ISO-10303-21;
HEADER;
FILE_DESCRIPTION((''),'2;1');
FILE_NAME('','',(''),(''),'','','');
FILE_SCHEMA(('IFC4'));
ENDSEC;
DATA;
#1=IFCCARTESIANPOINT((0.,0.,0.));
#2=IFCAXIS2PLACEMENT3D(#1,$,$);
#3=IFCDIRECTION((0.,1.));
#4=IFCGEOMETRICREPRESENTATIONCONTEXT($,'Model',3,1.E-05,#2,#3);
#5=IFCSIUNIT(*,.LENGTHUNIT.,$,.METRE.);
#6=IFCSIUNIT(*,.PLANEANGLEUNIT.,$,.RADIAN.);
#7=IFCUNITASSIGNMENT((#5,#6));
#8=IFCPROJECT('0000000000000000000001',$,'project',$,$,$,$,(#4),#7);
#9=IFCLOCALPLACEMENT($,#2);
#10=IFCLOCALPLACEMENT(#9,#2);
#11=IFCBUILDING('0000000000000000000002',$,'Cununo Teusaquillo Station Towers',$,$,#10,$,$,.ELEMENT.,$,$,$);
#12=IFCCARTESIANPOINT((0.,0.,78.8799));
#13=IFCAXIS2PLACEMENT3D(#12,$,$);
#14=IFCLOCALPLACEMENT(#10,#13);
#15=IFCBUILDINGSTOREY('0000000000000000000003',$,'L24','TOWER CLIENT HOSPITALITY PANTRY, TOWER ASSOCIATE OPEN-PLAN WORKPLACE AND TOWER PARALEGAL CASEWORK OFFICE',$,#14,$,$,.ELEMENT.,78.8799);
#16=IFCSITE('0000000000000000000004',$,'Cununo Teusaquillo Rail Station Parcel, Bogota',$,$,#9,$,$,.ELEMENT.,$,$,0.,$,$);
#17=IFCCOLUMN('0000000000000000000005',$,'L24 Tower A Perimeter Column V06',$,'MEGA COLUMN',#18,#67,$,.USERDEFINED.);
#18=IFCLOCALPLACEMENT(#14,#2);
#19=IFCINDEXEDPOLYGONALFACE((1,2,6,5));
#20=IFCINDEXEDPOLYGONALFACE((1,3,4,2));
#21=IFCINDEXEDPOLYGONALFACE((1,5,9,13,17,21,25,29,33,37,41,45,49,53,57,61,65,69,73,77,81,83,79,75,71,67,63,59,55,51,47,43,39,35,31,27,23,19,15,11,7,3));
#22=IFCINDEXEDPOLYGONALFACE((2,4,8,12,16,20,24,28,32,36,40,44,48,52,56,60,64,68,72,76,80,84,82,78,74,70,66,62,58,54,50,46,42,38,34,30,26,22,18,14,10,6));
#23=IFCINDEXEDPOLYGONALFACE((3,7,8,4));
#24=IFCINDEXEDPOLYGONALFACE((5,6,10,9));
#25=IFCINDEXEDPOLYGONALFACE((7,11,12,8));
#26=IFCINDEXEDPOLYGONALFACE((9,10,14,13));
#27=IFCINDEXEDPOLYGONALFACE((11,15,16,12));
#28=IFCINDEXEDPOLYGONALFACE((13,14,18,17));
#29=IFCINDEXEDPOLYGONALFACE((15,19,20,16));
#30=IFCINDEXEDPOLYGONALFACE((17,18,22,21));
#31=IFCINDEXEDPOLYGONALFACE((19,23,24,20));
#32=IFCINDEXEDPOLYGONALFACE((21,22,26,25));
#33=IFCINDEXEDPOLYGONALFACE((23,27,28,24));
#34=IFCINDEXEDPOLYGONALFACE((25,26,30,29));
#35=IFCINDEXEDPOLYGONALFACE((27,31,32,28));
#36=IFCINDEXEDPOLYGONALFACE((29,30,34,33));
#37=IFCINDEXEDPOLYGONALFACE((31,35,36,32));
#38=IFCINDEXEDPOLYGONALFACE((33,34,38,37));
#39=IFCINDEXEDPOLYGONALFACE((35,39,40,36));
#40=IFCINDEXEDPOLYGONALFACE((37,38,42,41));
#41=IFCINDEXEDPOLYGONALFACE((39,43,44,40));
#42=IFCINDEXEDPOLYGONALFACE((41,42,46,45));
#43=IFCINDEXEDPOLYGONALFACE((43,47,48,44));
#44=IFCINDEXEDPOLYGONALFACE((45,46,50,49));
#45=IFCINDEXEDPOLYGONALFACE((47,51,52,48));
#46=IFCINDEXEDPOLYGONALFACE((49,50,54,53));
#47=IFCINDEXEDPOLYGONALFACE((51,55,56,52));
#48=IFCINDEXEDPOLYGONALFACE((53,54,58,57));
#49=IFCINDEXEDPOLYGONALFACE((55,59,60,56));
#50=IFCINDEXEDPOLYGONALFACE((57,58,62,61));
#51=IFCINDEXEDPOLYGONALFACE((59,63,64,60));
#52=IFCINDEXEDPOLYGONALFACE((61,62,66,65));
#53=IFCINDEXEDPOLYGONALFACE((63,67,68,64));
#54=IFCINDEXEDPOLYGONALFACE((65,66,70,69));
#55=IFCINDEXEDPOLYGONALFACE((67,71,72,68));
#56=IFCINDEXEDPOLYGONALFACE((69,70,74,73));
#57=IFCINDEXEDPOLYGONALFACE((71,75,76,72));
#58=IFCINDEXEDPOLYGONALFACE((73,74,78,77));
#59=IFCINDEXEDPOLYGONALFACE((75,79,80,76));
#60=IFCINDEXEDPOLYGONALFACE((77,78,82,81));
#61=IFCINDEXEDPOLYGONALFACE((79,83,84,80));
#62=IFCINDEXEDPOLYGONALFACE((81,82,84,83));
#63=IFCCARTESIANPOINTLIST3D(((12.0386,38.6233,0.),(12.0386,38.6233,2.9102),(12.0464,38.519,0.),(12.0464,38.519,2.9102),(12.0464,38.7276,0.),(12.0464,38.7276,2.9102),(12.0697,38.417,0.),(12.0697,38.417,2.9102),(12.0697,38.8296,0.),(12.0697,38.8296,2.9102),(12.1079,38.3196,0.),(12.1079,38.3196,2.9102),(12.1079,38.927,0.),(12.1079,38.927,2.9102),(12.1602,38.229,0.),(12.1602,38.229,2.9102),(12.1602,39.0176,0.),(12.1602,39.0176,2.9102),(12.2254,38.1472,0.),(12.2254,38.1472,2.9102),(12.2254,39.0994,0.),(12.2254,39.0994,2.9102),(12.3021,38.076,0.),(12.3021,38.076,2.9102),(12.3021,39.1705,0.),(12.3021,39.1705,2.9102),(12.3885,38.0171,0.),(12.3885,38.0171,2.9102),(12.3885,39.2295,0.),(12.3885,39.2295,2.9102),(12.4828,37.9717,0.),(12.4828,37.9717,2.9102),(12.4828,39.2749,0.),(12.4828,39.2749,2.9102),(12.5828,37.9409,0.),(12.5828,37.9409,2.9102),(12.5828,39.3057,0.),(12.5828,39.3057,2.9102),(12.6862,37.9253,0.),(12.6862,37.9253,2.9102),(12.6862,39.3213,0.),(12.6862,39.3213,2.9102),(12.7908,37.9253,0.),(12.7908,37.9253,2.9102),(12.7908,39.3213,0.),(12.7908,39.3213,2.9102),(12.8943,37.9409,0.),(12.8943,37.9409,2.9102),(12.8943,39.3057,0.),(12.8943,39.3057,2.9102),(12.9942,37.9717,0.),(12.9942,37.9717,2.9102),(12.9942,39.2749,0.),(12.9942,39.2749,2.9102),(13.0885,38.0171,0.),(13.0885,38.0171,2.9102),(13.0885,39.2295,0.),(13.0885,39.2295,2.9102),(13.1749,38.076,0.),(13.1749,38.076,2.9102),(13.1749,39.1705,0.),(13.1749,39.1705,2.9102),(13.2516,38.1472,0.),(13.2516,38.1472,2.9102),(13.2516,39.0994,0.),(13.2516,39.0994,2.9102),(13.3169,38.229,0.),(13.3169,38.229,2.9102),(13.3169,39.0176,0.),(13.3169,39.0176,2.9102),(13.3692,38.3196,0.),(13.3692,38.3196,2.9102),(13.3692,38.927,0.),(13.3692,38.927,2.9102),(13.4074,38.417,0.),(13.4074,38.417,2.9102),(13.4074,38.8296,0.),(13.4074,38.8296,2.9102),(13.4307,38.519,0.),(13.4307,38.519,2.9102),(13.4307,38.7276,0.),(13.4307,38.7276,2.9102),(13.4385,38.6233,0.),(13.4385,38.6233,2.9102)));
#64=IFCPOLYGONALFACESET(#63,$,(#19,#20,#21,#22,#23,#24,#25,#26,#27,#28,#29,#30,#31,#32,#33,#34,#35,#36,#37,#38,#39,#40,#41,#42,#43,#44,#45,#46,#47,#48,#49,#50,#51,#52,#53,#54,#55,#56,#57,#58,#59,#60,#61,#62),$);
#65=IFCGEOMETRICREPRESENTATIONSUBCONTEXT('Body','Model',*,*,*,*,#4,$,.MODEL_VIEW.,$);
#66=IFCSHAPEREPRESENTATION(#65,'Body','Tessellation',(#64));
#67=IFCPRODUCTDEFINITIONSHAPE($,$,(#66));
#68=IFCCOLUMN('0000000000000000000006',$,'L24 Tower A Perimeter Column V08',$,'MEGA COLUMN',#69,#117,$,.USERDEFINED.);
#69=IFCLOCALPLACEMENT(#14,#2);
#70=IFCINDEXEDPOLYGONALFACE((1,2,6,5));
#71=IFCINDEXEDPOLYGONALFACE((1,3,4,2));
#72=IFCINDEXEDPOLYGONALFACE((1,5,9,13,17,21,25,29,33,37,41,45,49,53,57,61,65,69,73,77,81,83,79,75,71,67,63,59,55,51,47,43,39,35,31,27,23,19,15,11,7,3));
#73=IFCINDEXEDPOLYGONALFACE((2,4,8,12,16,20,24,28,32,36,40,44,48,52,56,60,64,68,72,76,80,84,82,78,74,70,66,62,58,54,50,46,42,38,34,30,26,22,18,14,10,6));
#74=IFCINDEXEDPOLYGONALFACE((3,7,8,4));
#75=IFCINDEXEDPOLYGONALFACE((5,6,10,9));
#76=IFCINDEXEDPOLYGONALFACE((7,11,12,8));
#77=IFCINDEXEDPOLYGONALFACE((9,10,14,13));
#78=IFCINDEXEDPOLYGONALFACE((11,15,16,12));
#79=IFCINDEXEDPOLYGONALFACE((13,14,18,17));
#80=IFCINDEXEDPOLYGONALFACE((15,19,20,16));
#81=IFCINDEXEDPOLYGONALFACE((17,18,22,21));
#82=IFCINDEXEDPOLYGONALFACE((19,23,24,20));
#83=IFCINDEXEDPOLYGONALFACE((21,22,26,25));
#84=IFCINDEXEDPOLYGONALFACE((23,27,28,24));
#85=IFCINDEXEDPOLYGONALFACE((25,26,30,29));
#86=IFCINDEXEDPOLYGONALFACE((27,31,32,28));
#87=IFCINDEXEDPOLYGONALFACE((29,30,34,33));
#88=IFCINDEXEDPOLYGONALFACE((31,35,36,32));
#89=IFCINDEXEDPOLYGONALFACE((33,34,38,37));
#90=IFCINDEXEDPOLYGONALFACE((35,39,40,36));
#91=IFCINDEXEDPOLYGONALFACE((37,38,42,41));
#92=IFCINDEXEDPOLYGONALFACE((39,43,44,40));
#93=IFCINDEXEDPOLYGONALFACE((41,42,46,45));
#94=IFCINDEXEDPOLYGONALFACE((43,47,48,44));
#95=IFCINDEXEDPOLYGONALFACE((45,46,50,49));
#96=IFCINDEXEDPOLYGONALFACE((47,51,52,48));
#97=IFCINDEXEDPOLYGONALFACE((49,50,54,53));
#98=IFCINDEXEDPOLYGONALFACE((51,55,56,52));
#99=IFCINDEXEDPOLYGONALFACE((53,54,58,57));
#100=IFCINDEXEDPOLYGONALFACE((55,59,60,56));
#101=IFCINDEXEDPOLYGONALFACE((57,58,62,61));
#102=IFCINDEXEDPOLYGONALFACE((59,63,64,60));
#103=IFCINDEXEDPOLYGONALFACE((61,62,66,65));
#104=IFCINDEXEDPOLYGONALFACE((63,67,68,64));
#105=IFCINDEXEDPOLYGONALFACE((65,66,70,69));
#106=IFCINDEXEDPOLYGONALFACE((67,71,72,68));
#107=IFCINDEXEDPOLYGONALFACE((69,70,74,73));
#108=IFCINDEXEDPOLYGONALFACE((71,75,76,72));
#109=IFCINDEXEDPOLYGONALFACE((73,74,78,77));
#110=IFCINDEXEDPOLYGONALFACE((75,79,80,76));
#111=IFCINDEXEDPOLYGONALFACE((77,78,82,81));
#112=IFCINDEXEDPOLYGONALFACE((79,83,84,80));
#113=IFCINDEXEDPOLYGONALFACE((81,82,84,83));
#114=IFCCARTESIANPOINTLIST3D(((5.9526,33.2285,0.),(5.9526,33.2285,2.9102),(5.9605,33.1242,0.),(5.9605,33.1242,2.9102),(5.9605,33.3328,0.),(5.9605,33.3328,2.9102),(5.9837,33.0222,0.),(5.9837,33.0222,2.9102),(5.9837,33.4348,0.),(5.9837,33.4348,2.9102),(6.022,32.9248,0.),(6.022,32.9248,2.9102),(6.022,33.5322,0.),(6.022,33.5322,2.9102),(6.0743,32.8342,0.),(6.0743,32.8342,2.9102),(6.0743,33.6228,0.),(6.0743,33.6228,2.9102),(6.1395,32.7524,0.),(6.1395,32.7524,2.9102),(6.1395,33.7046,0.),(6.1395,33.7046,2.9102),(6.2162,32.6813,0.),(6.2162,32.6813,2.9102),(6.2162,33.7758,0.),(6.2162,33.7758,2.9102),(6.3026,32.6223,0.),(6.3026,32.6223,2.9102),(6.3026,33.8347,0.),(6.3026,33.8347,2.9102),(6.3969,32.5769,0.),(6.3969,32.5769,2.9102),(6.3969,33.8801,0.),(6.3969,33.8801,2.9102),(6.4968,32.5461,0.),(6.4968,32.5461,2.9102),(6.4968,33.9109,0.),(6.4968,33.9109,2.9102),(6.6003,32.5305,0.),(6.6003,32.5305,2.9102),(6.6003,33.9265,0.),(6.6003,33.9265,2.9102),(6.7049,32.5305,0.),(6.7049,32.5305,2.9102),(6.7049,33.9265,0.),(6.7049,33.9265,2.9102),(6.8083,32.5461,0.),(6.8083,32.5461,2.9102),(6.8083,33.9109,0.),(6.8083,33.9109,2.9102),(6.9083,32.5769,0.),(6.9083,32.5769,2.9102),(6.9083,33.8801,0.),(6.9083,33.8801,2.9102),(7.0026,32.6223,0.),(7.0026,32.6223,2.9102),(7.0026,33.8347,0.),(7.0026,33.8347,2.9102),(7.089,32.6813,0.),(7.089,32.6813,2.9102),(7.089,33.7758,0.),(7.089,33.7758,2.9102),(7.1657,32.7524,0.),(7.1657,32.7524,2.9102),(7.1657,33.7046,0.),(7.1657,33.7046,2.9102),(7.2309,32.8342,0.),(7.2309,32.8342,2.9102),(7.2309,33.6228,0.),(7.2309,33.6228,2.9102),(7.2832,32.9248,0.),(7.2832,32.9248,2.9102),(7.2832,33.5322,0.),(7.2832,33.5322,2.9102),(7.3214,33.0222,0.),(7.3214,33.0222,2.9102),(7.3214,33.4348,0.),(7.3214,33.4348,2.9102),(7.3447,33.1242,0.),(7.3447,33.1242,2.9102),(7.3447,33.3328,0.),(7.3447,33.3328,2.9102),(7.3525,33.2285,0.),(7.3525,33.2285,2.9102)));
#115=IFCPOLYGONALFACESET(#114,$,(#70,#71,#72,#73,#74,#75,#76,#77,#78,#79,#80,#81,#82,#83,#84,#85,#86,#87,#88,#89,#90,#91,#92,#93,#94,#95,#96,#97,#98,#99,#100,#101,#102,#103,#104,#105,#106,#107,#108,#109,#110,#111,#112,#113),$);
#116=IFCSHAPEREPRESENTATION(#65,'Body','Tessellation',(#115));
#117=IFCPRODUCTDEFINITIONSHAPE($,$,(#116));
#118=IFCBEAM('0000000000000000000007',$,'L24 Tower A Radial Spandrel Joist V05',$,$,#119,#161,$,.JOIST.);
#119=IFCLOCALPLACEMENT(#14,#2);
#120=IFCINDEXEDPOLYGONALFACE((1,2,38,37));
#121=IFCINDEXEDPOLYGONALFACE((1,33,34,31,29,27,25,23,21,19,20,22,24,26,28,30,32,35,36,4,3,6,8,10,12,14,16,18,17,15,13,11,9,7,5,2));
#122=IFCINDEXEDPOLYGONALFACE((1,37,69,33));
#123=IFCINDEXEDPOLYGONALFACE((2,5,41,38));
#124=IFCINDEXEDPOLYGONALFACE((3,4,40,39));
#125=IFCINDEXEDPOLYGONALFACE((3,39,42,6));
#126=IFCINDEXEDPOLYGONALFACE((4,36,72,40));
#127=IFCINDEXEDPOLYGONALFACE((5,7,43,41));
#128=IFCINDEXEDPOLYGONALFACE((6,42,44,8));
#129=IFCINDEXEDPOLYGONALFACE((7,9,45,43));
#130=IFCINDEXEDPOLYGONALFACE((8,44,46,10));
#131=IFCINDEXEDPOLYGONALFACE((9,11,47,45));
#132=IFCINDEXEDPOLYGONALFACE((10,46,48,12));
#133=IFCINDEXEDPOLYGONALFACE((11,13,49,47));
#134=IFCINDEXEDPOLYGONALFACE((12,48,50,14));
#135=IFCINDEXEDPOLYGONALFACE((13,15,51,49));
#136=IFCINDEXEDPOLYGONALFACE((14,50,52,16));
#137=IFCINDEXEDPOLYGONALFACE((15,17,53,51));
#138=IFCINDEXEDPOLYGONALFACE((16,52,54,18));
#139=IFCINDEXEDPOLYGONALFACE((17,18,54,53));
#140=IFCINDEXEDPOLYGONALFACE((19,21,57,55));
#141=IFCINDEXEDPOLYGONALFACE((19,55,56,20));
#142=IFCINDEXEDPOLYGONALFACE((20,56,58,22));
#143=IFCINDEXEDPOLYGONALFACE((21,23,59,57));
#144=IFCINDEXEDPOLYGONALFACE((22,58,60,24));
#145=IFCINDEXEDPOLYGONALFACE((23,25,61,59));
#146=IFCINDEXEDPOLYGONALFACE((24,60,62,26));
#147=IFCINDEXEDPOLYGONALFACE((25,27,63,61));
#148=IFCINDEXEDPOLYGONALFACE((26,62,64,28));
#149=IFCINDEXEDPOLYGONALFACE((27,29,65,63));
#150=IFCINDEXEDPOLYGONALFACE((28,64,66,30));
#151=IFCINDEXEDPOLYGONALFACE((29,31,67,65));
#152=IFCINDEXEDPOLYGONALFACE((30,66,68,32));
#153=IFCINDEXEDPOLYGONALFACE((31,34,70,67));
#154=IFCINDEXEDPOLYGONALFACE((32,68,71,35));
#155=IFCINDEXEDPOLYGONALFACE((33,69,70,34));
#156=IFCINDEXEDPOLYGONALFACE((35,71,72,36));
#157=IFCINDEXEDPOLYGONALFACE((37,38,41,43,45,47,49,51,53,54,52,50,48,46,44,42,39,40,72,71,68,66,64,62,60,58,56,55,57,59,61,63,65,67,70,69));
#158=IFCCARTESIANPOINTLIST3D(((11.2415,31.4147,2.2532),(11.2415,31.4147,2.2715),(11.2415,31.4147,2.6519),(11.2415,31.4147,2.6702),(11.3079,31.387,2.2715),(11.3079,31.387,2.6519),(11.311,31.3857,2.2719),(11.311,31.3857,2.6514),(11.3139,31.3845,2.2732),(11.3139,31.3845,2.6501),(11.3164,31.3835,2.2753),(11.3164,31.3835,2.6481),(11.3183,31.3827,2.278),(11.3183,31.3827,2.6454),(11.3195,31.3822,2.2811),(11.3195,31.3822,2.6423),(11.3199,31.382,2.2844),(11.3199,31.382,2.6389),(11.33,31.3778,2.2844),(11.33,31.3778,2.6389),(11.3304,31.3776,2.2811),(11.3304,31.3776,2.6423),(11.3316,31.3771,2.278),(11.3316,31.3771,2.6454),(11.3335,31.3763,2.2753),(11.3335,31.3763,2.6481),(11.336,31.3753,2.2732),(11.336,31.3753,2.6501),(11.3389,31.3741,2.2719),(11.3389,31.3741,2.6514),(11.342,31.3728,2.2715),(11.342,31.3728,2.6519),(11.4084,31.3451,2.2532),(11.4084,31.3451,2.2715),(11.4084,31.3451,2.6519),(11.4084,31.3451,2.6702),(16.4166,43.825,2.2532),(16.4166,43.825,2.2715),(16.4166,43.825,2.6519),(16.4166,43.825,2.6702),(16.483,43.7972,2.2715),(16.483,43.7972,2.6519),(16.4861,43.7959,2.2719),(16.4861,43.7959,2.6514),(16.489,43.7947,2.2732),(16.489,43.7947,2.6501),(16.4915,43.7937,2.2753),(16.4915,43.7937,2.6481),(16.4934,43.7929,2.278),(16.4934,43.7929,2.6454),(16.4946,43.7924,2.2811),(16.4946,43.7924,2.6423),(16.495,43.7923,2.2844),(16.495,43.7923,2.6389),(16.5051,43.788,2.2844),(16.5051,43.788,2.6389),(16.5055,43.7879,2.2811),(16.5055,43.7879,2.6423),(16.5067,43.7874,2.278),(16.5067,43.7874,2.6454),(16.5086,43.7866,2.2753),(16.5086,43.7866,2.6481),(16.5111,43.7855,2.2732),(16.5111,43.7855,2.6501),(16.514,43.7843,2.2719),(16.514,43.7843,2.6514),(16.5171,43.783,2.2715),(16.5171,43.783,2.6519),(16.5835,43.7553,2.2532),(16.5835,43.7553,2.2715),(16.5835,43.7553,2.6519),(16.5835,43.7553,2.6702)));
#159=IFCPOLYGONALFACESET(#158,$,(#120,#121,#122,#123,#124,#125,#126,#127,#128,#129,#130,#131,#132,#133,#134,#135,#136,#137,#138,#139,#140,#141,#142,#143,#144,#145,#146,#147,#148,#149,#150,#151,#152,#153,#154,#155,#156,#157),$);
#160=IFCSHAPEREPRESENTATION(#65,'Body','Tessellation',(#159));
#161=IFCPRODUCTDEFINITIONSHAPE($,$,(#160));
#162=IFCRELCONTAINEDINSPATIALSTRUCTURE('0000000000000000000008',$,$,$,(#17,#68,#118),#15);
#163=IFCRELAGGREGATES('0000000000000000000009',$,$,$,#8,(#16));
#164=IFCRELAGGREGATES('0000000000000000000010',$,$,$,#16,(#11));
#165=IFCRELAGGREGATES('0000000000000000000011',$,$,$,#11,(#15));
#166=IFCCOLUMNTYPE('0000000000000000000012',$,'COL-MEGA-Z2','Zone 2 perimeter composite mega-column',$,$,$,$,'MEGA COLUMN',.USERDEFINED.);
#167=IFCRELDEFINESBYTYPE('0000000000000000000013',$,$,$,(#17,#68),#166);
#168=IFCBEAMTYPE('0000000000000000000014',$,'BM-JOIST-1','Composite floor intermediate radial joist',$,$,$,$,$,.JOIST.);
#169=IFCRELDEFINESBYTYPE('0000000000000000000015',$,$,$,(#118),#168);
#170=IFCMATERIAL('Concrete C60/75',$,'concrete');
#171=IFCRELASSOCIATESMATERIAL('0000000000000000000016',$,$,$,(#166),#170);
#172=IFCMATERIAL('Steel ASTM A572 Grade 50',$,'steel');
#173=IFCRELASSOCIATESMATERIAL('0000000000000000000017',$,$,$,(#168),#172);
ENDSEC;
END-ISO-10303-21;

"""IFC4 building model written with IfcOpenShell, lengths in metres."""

from ifc_helpers import new_model, si_unit, direction, frame, origin, origin_2d, place, context, subcontext, project, spatial, circle, i_section, extrude, material, material_profile, profile_set, type_object, element, save


model = new_model("IFC4")

# Units and contexts
model_context = context("Model", 3, precision=1e-05, world=origin(), true_north=direction((0.0, 1.0)))
body_context = subcontext(model_context, "Body", "Model", "MODEL_VIEW")
ifc_project = project(units=[si_unit("LENGTHUNIT", "METRE"), si_unit("PLANEANGLEUNIT", "RADIAN")], contexts=[model_context])

# Site, building, storey
site_placement = place(None, origin())
site = spatial("IfcSite", under=ifc_project, at=site_placement, Name="Cununo Teusaquillo Rail Station Parcel, Bogota", CompositionType="ELEMENT", RefElevation=0.0)
building_placement = place(site_placement, origin())
building = spatial("IfcBuilding", under=site, at=building_placement, Name="Cununo Teusaquillo Station Towers", CompositionType="ELEMENT")
storey_placement = place(building_placement, frame((0.0, 0.0, 78.8799)))
storey = spatial("IfcBuildingStorey", under=building, at=storey_placement, Name="L24", Description="TOWER CLIENT HOSPITALITY PANTRY, TOWER ASSOCIATE OPEN-PLAN WORKPLACE AND TOWER PARALEGAL CASEWORK OFFICE", CompositionType="ELEMENT", Elevation=78.8799)

# Columns
ifc_material_1 = material(Name="Concrete C60/75", Category="concrete")
ifc_material_profile_1 = material_profile(ifc_material_1, circle(Radius=0.7, at=origin_2d()), Name="RC-CIRC-1400")
ifc_profile_set_1 = profile_set([ifc_material_profile_1], Name="Concrete C60/75")
column_type = type_object("IfcColumnType", Name="COL-MEGA-Z2", Description="Zone 2 perimeter composite mega-column", ElementType="MEGA COLUMN", PredefinedType="USERDEFINED", material=ifc_profile_set_1)
for number, where, z_axis, x_axis, name in (
    (1, (12.7385, 38.6233, 0.0), (0.0, 0.0, 1.0), (1.0, 0.0, 0.0), "L24 Tower A Perimeter Column V06"),
    (2, (6.6526, 33.2285, 0.0), (0.0, 0.0, 1.0), (1.0, 0.0, 0.0), "L24 Tower A Perimeter Column V08"),
):
    element("IfcColumn", number, at=place(storey_placement, frame(where, z_axis=z_axis, x_axis=x_axis)), inside=storey, type_object=column_type, Name=name, ObjectType="MEGA COLUMN", PredefinedType="USERDEFINED", context=body_context, shape_type="SweptSolid", body=[
        extrude(circle(Radius=0.7, at=origin_2d()), origin(), (0.0, 0.0, 1.0), 2.9102),
    ])

# Beam
ifc_material_2 = material(Name="Steel ASTM A572 Grade 50", Category="steel")
ifc_material_profile_2 = material_profile(ifc_material_2, i_section(OverallWidth=0.1809, OverallDepth=0.417, WebThickness=0.011, FlangeThickness=0.0183, FilletRadius=0.0129, at=origin_2d()), Name="W16X57")
ifc_profile_set_2 = profile_set([ifc_material_profile_2], Name="Steel ASTM A572 Grade 50")
beam_type_1 = type_object("IfcBeamType", Name="BM-JOIST-1", Description="Composite floor intermediate radial joist", PredefinedType="JOIST", material=ifc_profile_set_2)
beam_1_placement = place(storey_placement, frame((11.325, 31.3799, 2.4617), z_axis=(0.384878, 0.922967, 0.0), x_axis=(-0.922967, 0.384878, 0.0)))
element("IfcBeam", 3, at=beam_1_placement, inside=storey, type_object=beam_type_1, Name="L24 Tower A Radial Spandrel Joist V05", PredefinedType="JOIST", context=body_context, shape_type="SweptSolid", body=[
    extrude(i_section(OverallWidth=0.1809, OverallDepth=0.417, WebThickness=0.011, FlangeThickness=0.0183, FilletRadius=0.0129, at=origin_2d()), origin(), (0.0, 0.0, 1.0), 13.446),
])

save(model, "model.ifc")
